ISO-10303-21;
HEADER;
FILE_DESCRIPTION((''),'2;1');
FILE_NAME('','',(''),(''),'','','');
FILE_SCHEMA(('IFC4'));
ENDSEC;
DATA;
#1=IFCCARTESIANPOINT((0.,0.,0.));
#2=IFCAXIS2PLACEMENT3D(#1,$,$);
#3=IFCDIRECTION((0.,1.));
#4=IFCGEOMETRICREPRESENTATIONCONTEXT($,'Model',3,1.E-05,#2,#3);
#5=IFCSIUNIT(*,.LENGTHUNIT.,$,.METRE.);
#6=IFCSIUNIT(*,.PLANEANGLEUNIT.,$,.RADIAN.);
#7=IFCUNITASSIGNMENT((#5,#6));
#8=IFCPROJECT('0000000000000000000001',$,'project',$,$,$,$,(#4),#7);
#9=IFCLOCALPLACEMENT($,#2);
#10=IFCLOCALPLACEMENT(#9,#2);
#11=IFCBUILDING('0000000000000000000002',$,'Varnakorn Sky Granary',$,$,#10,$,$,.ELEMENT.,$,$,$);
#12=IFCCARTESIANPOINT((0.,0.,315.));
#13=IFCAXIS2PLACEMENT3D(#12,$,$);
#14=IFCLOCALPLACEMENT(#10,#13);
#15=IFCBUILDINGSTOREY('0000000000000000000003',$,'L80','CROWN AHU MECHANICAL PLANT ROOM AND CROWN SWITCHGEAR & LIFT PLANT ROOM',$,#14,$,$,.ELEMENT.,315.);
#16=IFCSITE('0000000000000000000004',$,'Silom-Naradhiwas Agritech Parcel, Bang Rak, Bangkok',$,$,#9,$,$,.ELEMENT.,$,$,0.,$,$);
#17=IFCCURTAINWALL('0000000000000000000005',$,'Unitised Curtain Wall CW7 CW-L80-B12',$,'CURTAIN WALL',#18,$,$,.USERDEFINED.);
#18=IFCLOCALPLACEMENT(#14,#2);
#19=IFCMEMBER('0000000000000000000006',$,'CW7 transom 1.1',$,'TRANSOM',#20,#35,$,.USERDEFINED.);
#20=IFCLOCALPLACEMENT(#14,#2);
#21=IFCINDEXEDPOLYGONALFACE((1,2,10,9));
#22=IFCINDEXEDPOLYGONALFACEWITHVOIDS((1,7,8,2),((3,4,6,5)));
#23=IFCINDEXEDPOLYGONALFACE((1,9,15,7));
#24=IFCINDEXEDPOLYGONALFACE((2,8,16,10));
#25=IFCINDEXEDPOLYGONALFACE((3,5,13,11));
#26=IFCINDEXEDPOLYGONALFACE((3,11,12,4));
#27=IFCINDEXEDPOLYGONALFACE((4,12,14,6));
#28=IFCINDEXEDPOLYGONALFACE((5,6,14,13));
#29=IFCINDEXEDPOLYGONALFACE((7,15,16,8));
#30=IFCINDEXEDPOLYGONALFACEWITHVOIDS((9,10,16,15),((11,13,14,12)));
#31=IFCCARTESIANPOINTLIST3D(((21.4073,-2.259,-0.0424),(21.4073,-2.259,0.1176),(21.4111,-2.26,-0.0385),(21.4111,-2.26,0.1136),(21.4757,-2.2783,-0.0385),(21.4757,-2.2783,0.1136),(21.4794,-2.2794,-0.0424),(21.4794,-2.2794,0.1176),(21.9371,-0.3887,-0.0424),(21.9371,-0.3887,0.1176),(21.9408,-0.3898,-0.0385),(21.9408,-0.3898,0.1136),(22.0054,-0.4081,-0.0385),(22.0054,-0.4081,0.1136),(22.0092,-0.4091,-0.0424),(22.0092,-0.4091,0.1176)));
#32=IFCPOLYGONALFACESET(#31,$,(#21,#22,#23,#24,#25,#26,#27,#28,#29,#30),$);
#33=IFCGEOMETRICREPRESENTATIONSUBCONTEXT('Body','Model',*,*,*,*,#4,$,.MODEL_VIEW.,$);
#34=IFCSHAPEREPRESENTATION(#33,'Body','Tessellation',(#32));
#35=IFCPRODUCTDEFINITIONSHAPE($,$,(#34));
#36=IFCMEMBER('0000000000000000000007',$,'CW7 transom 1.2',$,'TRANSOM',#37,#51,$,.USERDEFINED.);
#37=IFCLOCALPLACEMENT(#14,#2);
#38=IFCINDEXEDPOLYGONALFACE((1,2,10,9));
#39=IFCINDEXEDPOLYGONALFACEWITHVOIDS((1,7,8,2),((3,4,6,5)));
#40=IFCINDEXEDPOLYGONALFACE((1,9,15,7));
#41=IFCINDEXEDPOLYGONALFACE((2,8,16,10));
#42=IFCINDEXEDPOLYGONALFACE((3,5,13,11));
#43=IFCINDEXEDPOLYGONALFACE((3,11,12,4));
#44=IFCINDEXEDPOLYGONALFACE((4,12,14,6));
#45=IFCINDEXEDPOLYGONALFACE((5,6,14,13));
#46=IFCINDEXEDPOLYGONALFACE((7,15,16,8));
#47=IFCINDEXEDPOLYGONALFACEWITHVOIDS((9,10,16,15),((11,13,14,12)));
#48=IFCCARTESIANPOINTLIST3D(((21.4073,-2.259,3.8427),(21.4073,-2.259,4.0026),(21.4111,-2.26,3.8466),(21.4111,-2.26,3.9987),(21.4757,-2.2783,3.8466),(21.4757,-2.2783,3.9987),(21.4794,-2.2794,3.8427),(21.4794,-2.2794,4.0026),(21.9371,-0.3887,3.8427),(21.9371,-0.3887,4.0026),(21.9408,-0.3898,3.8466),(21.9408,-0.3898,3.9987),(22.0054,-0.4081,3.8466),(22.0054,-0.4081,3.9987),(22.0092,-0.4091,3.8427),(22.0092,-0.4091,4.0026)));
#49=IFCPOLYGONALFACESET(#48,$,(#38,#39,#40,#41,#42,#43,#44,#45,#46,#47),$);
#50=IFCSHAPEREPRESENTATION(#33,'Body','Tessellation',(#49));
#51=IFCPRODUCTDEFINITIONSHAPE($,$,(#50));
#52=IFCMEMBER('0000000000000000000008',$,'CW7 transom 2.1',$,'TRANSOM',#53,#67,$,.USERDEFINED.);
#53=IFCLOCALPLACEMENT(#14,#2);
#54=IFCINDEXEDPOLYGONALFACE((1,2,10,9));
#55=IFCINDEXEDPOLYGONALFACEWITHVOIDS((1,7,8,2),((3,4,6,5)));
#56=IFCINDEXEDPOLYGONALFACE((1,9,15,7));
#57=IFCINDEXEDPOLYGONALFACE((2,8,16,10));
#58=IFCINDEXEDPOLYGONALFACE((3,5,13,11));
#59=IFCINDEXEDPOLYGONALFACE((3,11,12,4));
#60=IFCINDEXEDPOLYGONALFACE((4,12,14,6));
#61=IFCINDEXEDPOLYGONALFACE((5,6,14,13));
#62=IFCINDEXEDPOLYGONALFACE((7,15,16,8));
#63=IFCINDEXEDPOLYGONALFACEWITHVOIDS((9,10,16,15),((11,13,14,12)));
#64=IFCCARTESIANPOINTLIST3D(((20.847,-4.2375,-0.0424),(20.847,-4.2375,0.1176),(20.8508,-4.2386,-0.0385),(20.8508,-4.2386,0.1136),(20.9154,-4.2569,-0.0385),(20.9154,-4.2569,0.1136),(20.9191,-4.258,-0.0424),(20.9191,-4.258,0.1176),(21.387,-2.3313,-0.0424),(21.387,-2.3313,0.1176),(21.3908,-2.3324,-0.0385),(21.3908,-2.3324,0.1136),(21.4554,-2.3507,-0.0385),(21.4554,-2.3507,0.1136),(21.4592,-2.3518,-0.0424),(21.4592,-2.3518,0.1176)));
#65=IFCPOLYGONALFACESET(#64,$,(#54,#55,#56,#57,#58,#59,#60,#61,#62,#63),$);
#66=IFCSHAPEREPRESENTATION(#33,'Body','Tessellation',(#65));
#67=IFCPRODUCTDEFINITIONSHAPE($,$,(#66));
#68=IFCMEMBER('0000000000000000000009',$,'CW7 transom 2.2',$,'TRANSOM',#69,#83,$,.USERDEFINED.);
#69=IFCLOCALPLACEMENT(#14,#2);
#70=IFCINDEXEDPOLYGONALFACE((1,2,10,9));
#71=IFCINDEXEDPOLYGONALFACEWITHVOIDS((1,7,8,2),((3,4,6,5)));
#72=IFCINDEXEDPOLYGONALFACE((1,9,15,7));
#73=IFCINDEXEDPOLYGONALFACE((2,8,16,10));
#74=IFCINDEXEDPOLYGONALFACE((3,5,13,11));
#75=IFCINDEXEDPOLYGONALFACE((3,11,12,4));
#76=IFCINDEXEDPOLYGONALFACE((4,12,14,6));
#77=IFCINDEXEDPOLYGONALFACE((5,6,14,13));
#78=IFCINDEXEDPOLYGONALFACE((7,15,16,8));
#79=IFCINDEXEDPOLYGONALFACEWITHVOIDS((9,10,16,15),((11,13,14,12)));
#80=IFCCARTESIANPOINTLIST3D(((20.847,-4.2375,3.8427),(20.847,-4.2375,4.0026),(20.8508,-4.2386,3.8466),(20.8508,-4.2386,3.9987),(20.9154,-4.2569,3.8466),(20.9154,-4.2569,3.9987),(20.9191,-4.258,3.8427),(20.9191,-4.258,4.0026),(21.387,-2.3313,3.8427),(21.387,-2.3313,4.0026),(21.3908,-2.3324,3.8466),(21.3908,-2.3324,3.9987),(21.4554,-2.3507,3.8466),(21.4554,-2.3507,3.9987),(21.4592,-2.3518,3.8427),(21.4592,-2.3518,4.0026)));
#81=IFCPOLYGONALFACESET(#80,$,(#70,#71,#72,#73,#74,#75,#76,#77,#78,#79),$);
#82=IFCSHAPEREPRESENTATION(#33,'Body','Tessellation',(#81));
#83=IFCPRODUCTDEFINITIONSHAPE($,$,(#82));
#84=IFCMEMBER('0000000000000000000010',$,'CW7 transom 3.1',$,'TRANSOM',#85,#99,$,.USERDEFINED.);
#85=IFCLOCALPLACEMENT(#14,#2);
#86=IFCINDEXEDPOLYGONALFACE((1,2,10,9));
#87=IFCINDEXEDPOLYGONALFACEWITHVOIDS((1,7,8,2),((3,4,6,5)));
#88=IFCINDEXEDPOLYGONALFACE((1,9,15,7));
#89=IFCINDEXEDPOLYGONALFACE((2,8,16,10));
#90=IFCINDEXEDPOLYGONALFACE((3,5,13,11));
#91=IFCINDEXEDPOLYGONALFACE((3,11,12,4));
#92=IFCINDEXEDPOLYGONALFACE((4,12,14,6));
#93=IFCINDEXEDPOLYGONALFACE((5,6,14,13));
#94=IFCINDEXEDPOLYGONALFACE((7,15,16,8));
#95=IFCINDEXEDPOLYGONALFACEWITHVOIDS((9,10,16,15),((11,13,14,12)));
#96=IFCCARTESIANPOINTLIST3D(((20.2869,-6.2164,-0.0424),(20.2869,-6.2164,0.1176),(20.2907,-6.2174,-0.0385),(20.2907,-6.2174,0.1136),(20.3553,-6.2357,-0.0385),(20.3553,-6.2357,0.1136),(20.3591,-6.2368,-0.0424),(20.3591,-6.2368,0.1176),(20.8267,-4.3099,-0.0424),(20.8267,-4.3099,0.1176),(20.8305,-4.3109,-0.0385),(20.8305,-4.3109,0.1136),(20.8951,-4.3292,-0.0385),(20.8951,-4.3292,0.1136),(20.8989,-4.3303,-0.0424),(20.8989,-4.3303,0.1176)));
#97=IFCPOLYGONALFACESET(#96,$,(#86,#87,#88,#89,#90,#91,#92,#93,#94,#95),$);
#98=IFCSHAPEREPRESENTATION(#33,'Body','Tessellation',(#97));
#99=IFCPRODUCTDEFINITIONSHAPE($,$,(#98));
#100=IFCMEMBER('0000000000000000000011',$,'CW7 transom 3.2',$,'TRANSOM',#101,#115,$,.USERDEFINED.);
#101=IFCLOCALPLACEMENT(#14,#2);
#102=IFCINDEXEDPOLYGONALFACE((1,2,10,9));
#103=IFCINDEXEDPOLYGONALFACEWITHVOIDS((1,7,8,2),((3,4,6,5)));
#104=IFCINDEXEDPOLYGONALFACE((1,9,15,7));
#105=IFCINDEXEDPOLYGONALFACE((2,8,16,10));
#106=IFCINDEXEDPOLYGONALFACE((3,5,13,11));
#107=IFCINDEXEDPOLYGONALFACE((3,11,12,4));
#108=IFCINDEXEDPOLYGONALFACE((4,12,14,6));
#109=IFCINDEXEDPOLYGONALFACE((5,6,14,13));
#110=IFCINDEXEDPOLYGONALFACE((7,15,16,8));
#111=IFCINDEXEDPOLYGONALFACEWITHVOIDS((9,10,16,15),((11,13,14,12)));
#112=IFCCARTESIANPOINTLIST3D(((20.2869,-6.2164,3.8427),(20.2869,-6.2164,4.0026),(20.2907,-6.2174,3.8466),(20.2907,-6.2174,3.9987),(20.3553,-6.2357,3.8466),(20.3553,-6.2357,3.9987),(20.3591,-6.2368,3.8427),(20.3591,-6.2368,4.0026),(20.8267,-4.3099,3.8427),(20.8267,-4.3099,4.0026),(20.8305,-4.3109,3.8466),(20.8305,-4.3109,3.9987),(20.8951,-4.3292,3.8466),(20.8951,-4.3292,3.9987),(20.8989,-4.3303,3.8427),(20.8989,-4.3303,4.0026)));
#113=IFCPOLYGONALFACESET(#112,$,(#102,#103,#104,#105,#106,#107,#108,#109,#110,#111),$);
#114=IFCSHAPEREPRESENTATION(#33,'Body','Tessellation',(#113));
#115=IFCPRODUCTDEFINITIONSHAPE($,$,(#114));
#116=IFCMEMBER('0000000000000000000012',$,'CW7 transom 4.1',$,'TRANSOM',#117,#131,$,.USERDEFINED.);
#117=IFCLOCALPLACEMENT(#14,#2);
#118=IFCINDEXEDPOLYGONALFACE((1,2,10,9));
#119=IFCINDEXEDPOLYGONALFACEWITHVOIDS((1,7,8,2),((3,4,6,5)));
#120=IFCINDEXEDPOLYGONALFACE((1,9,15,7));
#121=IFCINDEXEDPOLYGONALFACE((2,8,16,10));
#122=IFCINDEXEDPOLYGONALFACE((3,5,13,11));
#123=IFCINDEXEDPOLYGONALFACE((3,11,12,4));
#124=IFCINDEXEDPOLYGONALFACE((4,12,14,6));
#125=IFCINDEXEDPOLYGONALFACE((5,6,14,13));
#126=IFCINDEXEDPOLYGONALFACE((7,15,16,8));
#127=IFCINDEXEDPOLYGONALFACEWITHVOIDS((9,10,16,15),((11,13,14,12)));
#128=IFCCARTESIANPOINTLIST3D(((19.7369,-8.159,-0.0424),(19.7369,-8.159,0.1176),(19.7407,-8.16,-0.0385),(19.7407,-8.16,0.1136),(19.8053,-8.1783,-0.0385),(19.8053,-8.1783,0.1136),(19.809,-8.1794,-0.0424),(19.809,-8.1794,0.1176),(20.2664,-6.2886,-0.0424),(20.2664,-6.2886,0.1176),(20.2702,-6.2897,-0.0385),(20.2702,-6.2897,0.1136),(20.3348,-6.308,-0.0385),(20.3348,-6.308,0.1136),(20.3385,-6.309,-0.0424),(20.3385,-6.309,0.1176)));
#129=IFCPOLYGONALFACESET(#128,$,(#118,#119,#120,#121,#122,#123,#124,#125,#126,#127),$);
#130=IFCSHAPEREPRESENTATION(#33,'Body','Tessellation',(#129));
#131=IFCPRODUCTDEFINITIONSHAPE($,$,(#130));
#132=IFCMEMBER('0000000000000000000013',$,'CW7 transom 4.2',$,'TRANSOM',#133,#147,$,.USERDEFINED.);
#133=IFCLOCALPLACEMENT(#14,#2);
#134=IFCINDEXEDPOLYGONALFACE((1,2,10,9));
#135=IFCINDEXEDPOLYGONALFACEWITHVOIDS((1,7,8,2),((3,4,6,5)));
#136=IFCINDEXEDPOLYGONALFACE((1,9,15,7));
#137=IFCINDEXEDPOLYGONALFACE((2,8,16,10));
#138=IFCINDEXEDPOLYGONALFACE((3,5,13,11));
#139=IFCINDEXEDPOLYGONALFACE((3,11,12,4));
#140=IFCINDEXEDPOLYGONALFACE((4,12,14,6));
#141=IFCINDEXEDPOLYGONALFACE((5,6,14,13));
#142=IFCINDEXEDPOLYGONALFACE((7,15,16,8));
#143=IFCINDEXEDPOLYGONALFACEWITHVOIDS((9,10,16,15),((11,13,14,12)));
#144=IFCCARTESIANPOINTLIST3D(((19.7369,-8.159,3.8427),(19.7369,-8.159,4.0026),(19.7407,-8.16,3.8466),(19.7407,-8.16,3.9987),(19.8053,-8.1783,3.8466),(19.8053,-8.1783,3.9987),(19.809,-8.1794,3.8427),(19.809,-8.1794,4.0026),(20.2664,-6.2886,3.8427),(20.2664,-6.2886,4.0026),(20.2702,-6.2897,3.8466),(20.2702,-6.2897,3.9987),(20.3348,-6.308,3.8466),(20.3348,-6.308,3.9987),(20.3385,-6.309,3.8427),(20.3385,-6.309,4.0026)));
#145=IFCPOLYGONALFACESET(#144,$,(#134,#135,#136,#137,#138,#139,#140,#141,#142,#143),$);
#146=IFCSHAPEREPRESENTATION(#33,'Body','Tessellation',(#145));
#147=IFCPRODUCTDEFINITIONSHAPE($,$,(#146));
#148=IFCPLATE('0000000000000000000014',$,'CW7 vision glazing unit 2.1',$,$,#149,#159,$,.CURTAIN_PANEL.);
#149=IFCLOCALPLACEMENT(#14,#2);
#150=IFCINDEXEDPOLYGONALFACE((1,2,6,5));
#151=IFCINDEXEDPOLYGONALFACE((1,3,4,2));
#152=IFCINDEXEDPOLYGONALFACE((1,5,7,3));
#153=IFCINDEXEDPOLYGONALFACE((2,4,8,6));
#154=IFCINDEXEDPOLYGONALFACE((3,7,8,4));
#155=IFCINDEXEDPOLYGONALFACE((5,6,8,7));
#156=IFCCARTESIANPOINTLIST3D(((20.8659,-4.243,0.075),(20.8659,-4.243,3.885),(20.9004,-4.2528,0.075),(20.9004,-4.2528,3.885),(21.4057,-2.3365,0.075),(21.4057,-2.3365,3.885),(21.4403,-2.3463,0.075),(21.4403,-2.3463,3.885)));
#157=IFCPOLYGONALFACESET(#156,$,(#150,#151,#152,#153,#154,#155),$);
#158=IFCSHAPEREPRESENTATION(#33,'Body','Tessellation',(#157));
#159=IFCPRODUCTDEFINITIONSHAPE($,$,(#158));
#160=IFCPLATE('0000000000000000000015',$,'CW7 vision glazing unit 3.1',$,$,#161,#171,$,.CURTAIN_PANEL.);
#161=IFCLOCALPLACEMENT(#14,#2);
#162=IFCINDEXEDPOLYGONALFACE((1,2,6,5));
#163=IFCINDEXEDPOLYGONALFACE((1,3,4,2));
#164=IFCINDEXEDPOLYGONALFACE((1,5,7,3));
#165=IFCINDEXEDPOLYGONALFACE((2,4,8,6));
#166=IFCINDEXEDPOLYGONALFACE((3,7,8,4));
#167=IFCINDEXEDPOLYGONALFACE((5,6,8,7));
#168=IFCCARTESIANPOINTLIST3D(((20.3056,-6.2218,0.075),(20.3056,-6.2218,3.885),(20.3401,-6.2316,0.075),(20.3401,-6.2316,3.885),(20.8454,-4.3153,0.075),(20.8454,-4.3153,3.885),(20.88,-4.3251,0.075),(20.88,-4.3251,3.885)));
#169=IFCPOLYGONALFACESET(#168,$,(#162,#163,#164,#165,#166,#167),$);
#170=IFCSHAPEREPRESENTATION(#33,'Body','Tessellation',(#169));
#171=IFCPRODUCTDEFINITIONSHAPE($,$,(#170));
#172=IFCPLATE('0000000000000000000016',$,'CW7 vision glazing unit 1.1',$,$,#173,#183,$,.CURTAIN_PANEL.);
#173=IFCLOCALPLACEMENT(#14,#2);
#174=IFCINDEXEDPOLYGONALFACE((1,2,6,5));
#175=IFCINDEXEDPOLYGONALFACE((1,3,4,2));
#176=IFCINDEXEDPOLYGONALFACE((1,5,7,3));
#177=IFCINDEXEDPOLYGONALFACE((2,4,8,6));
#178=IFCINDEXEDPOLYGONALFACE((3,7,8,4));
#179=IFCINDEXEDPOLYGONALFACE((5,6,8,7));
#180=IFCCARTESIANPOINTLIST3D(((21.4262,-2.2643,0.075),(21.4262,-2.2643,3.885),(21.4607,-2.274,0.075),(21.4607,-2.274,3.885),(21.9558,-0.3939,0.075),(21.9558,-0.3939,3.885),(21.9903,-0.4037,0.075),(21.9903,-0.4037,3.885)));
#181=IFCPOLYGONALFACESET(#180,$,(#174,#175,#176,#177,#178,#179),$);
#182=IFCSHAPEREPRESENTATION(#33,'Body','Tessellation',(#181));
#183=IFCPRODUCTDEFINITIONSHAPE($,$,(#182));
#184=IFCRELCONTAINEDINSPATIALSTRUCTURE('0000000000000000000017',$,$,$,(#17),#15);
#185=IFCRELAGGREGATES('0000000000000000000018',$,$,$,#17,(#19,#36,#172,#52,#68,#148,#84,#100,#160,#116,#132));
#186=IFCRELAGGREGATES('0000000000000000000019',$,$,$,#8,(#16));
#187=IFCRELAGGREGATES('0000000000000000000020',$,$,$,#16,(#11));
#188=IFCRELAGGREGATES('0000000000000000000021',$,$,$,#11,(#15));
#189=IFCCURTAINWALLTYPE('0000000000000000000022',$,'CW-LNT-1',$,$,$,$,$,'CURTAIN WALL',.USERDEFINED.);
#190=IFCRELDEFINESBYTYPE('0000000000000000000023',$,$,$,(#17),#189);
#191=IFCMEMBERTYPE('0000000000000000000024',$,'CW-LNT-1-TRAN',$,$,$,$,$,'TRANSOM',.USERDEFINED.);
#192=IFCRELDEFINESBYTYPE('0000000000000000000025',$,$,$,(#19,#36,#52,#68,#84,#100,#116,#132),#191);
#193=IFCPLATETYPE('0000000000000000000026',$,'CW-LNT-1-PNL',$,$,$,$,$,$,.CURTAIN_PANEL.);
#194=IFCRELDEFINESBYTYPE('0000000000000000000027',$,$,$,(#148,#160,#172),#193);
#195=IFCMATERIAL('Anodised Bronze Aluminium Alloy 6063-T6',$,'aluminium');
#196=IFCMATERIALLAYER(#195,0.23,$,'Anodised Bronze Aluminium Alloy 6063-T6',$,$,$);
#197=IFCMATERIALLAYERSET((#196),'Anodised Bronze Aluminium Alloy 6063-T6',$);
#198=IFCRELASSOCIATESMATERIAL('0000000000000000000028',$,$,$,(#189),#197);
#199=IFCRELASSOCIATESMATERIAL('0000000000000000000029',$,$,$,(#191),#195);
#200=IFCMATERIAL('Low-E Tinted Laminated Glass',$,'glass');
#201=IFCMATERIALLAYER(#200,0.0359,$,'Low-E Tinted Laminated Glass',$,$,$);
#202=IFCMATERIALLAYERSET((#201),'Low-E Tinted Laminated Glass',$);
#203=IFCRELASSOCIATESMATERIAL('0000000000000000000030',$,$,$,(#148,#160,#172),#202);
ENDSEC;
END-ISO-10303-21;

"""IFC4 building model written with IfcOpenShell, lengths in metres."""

from ifc_helpers import new_model, si_unit, direction, frame, origin, origin_2d, place, context, subcontext, project, spatial, rectangle, hollow_rectangle, extrude, source, transform, mapped, material, layer, layer_set, material_profile, profile_set, type_object, element, aggregate, save


model = new_model("IFC4")

# Units and contexts
model_context = context("Model", 3, precision=1e-05, world=origin(), true_north=direction((0.0, 1.0)))
body_context = subcontext(model_context, "Body", "Model", "MODEL_VIEW")
ifc_project = project(units=[si_unit("LENGTHUNIT", "METRE"), si_unit("PLANEANGLEUNIT", "RADIAN")], contexts=[model_context])

# Site, building, storey
site_placement = place(None, origin())
site = spatial("IfcSite", under=ifc_project, at=site_placement, Name="Silom-Naradhiwas Agritech Parcel, Bang Rak, Bangkok", CompositionType="ELEMENT", RefElevation=0.0)
building_placement = place(site_placement, origin())
building = spatial("IfcBuilding", under=site, at=building_placement, Name="Varnakorn Sky Granary", CompositionType="ELEMENT")
storey_placement = place(building_placement, frame((0.0, 0.0, 315.0)))
storey = spatial("IfcBuildingStorey", under=building, at=storey_placement, Name="L80", Description="CROWN AHU MECHANICAL PLANT ROOM AND CROWN SWITCHGEAR & LIFT PLANT ROOM", CompositionType="ELEMENT", Elevation=315.0)

# Curtain wall
ifc_material_1 = material(Name="Anodised Bronze Aluminium Alloy 6063-T6", Category="aluminium")
ifc_layer_1 = layer(ifc_material_1, 0.23, Name="Anodised Bronze Aluminium Alloy 6063-T6")
ifc_layer_set_1 = layer_set([ifc_layer_1], Name="Anodised Bronze Aluminium Alloy 6063-T6")
curtain_wall_type = type_object("IfcCurtainWallType", Name="CW-LNT-1", ElementType="CURTAIN WALL", PredefinedType="USERDEFINED", material=ifc_layer_set_1)
curtain_wall_1_placement = place(storey_placement, origin())
curtain_wall_1 = element("IfcCurtainWall", 1, at=curtain_wall_1_placement, inside=storey, type_object=curtain_wall_type, Name="Unitised Curtain Wall CW7 CW-L80-B12", ObjectType="CURTAIN WALL", PredefinedType="USERDEFINED")

# Members
ifc_material_profile_1 = material_profile(ifc_material_1, hollow_rectangle(XDim=0.075, YDim=0.1599, WallThickness=0.0039, at=origin_2d()), Name="ALU TRAN 75x160")
ifc_profile_set_1 = profile_set([ifc_material_profile_1], Name="Anodised Bronze Aluminium Alloy 6063-T6")
member_type_1 = type_object("IfcMemberType", Name="CW-LNT-1-TRAN", ElementType="TRANSOM", PredefinedType="USERDEFINED", material=ifc_profile_set_1)
member_1_placement = place(storey_placement, frame((21.9731, -0.3989, 0.0376), z_axis=(-0.272531, -0.962147, 0.0), x_axis=(0.962147, -0.272531, 0.0)))
member_1 = element("IfcMember", 2, at=member_1_placement, type_object=member_type_1, Name="CW7 transom 1.1", ObjectType="TRANSOM", PredefinedType="USERDEFINED", context=body_context, shape_type="SweptSolid", body=[
    extrude(hollow_rectangle(XDim=0.075, YDim=0.1599, WallThickness=0.0039, at=origin_2d()), origin(), (0.0, 0.0, 1.0), 1.9438),
])
member_2_placement = place(storey_placement, frame((21.9731, -0.3989, 3.9226), z_axis=(-0.272531, -0.962147, 0.0), x_axis=(0.962147, -0.272531, 0.0)))
member_2 = element("IfcMember", 3, at=member_2_placement, type_object=member_type_1, Name="CW7 transom 1.2", ObjectType="TRANSOM", PredefinedType="USERDEFINED", context=body_context, shape_type="SweptSolid", body=[
    extrude(hollow_rectangle(XDim=0.075, YDim=0.1599, WallThickness=0.0039, at=origin_2d()), origin(), (0.0, 0.0, 1.0), 1.9438),
])
member_3_placement = place(storey_placement, frame((21.4231, -2.3416, 0.0376), z_axis=(-0.272572, -0.962135, 0.0), x_axis=(0.962135, -0.272572, 0.0)))
member_3 = element("IfcMember", 4, at=member_3_placement, type_object=member_type_1, Name="CW7 transom 2.1", ObjectType="TRANSOM", PredefinedType="USERDEFINED", context=body_context, shape_type="SweptSolid", body=[
    extrude(hollow_rectangle(XDim=0.075, YDim=0.1599, WallThickness=0.0039, at=origin_2d()), origin(), (0.0, 0.0, 1.0), 1.9812),
])
member_4_placement = place(storey_placement, frame((21.4231, -2.3416, 3.9226), z_axis=(-0.272572, -0.962135, 0.0), x_axis=(0.962135, -0.272572, 0.0)))
member_4 = element("IfcMember", 5, at=member_4_placement, type_object=member_type_1, Name="CW7 transom 2.2", ObjectType="TRANSOM", PredefinedType="USERDEFINED", context=body_context, shape_type="SweptSolid", body=[
    extrude(hollow_rectangle(XDim=0.075, YDim=0.1599, WallThickness=0.0039, at=origin_2d()), origin(), (0.0, 0.0, 1.0), 1.9812),
])
member_5_placement = place(storey_placement, frame((20.8628, -4.3201, 0.0376), z_axis=(-0.272426, -0.962177, 0.0), x_axis=(0.962177, -0.272426, 0.0)))
member_5 = element("IfcMember", 6, at=member_5_placement, type_object=member_type_1, Name="CW7 transom 3.1", ObjectType="TRANSOM", PredefinedType="USERDEFINED", context=body_context, shape_type="SweptSolid", body=[
    extrude(hollow_rectangle(XDim=0.075, YDim=0.1599, WallThickness=0.0039, at=origin_2d()), origin(), (0.0, 0.0, 1.0), 1.9814),
])
member_6_placement = place(storey_placement, frame((20.8628, -4.3201, 3.9226), z_axis=(-0.272426, -0.962177, 0.0), x_axis=(0.962177, -0.272426, 0.0)))
member_6 = element("IfcMember", 7, at=member_6_placement, type_object=member_type_1, Name="CW7 transom 3.2", ObjectType="TRANSOM", PredefinedType="USERDEFINED", context=body_context, shape_type="SweptSolid", body=[
    extrude(hollow_rectangle(XDim=0.075, YDim=0.1599, WallThickness=0.0039, at=origin_2d()), origin(), (0.0, 0.0, 1.0), 1.9814),
])
member_7_placement = place(storey_placement, frame((20.3025, -6.2988, 0.0376), z_axis=(-0.272415, -0.96218, 0.0), x_axis=(0.96218, -0.272415, 0.0)))
member_7 = element("IfcMember", 8, at=member_7_placement, type_object=member_type_1, Name="CW7 transom 4.1", ObjectType="TRANSOM", PredefinedType="USERDEFINED", context=body_context, shape_type="SweptSolid", body=[
    extrude(hollow_rectangle(XDim=0.075, YDim=0.1599, WallThickness=0.0039, at=origin_2d()), origin(), (0.0, 0.0, 1.0), 1.9438),
])
member_8_placement = place(storey_placement, frame((20.3025, -6.2988, 3.9226), z_axis=(-0.272415, -0.96218, 0.0), x_axis=(0.96218, -0.272415, 0.0)))
member_8 = element("IfcMember", 9, at=member_8_placement, type_object=member_type_1, Name="CW7 transom 4.2", ObjectType="TRANSOM", PredefinedType="USERDEFINED", context=body_context, shape_type="SweptSolid", body=[
    extrude(hollow_rectangle(XDim=0.075, YDim=0.1599, WallThickness=0.0039, at=origin_2d()), origin(), (0.0, 0.0, 1.0), 1.9438),
])

# Plates
ifc_material_2 = material(Name="Low-E Tinted Laminated Glass", Category="glass")
ifc_layer_2 = layer(ifc_material_2, 0.0359, Name="Low-E Tinted Laminated Glass")
ifc_layer_set_2 = layer_set([ifc_layer_2], Name="Low-E Tinted Laminated Glass")
plate_type = type_object("IfcPlateType", Name="CW-LNT-1-PNL", PredefinedType="CURTAIN_PANEL")
shared_shape_1 = source(origin(), body_context, "Body", "SweptSolid", [
    extrude(rectangle(XDim=1.9814, YDim=0.0359, at=origin_2d()), origin(), (0.0, 0.0, 1.0), 3.8101),
])
plate_1_placement = place(storey_placement, frame((21.1531, -3.2947, 0.075), z_axis=(0.0, 0.0, 1.0), x_axis=(-0.272448, -0.96217, 0.0)))
plate_1 = element("IfcPlate", 10, at=plate_1_placement, type_object=plate_type, material=ifc_layer_set_2, Name="CW7 vision glazing unit 2.1", PredefinedType="CURTAIN_PANEL", context=body_context, shape_type="MappedRepresentation", body=[
    mapped(shared_shape_1, transform((0.0, 0.0, 0.0), x_axis=(1.0, 0.0, 0.0), y_axis=(0.0, 1.0, 0.0), z_axis=(0.0, 0.0, 1.0), scale=1.0)),
])
plate_2_placement = place(storey_placement, frame((20.5928, -5.2734, 0.075), z_axis=(0.0, 0.0, 1.0), x_axis=(-0.272448, -0.96217, 0.0)))
plate_2 = element("IfcPlate", 11, at=plate_2_placement, type_object=plate_type, material=ifc_layer_set_2, Name="CW7 vision glazing unit 3.1", PredefinedType="CURTAIN_PANEL", context=body_context, shape_type="MappedRepresentation", body=[
    mapped(shared_shape_1, transform((0.0, 0.0, 0.0), x_axis=(1.0, 0.0, 0.0), y_axis=(0.0, 1.0, 0.0), z_axis=(0.0, 0.0, 1.0), scale=1.0)),
])
shared_shape_2 = source(origin(), body_context, "Body", "SweptSolid", [
    extrude(rectangle(XDim=1.9438, YDim=0.0359, at=origin_2d()), origin(), (0.0, 0.0, 1.0), 3.8101),
])
plate_3_placement = place(storey_placement, frame((21.7083, -1.334, 0.075), z_axis=(0.0, 0.0, 1.0), x_axis=(-0.272448, -0.96217, 0.0)))
plate_3 = element("IfcPlate", 12, at=plate_3_placement, type_object=plate_type, material=ifc_layer_set_2, Name="CW7 vision glazing unit 1.1", PredefinedType="CURTAIN_PANEL", context=body_context, shape_type="MappedRepresentation", body=[
    mapped(shared_shape_2, transform((0.0, 0.0, 0.0), x_axis=(1.0, 0.0, 0.0), y_axis=(0.0, 1.0, 0.0), z_axis=(0.0, 0.0, 1.0), scale=1.0)),
])
aggregate(curtain_wall_1, [member_1, member_2, plate_3, member_3, member_4, plate_1, member_5, member_6, plate_2, member_7, member_8])

save(model, "model.ifc")
